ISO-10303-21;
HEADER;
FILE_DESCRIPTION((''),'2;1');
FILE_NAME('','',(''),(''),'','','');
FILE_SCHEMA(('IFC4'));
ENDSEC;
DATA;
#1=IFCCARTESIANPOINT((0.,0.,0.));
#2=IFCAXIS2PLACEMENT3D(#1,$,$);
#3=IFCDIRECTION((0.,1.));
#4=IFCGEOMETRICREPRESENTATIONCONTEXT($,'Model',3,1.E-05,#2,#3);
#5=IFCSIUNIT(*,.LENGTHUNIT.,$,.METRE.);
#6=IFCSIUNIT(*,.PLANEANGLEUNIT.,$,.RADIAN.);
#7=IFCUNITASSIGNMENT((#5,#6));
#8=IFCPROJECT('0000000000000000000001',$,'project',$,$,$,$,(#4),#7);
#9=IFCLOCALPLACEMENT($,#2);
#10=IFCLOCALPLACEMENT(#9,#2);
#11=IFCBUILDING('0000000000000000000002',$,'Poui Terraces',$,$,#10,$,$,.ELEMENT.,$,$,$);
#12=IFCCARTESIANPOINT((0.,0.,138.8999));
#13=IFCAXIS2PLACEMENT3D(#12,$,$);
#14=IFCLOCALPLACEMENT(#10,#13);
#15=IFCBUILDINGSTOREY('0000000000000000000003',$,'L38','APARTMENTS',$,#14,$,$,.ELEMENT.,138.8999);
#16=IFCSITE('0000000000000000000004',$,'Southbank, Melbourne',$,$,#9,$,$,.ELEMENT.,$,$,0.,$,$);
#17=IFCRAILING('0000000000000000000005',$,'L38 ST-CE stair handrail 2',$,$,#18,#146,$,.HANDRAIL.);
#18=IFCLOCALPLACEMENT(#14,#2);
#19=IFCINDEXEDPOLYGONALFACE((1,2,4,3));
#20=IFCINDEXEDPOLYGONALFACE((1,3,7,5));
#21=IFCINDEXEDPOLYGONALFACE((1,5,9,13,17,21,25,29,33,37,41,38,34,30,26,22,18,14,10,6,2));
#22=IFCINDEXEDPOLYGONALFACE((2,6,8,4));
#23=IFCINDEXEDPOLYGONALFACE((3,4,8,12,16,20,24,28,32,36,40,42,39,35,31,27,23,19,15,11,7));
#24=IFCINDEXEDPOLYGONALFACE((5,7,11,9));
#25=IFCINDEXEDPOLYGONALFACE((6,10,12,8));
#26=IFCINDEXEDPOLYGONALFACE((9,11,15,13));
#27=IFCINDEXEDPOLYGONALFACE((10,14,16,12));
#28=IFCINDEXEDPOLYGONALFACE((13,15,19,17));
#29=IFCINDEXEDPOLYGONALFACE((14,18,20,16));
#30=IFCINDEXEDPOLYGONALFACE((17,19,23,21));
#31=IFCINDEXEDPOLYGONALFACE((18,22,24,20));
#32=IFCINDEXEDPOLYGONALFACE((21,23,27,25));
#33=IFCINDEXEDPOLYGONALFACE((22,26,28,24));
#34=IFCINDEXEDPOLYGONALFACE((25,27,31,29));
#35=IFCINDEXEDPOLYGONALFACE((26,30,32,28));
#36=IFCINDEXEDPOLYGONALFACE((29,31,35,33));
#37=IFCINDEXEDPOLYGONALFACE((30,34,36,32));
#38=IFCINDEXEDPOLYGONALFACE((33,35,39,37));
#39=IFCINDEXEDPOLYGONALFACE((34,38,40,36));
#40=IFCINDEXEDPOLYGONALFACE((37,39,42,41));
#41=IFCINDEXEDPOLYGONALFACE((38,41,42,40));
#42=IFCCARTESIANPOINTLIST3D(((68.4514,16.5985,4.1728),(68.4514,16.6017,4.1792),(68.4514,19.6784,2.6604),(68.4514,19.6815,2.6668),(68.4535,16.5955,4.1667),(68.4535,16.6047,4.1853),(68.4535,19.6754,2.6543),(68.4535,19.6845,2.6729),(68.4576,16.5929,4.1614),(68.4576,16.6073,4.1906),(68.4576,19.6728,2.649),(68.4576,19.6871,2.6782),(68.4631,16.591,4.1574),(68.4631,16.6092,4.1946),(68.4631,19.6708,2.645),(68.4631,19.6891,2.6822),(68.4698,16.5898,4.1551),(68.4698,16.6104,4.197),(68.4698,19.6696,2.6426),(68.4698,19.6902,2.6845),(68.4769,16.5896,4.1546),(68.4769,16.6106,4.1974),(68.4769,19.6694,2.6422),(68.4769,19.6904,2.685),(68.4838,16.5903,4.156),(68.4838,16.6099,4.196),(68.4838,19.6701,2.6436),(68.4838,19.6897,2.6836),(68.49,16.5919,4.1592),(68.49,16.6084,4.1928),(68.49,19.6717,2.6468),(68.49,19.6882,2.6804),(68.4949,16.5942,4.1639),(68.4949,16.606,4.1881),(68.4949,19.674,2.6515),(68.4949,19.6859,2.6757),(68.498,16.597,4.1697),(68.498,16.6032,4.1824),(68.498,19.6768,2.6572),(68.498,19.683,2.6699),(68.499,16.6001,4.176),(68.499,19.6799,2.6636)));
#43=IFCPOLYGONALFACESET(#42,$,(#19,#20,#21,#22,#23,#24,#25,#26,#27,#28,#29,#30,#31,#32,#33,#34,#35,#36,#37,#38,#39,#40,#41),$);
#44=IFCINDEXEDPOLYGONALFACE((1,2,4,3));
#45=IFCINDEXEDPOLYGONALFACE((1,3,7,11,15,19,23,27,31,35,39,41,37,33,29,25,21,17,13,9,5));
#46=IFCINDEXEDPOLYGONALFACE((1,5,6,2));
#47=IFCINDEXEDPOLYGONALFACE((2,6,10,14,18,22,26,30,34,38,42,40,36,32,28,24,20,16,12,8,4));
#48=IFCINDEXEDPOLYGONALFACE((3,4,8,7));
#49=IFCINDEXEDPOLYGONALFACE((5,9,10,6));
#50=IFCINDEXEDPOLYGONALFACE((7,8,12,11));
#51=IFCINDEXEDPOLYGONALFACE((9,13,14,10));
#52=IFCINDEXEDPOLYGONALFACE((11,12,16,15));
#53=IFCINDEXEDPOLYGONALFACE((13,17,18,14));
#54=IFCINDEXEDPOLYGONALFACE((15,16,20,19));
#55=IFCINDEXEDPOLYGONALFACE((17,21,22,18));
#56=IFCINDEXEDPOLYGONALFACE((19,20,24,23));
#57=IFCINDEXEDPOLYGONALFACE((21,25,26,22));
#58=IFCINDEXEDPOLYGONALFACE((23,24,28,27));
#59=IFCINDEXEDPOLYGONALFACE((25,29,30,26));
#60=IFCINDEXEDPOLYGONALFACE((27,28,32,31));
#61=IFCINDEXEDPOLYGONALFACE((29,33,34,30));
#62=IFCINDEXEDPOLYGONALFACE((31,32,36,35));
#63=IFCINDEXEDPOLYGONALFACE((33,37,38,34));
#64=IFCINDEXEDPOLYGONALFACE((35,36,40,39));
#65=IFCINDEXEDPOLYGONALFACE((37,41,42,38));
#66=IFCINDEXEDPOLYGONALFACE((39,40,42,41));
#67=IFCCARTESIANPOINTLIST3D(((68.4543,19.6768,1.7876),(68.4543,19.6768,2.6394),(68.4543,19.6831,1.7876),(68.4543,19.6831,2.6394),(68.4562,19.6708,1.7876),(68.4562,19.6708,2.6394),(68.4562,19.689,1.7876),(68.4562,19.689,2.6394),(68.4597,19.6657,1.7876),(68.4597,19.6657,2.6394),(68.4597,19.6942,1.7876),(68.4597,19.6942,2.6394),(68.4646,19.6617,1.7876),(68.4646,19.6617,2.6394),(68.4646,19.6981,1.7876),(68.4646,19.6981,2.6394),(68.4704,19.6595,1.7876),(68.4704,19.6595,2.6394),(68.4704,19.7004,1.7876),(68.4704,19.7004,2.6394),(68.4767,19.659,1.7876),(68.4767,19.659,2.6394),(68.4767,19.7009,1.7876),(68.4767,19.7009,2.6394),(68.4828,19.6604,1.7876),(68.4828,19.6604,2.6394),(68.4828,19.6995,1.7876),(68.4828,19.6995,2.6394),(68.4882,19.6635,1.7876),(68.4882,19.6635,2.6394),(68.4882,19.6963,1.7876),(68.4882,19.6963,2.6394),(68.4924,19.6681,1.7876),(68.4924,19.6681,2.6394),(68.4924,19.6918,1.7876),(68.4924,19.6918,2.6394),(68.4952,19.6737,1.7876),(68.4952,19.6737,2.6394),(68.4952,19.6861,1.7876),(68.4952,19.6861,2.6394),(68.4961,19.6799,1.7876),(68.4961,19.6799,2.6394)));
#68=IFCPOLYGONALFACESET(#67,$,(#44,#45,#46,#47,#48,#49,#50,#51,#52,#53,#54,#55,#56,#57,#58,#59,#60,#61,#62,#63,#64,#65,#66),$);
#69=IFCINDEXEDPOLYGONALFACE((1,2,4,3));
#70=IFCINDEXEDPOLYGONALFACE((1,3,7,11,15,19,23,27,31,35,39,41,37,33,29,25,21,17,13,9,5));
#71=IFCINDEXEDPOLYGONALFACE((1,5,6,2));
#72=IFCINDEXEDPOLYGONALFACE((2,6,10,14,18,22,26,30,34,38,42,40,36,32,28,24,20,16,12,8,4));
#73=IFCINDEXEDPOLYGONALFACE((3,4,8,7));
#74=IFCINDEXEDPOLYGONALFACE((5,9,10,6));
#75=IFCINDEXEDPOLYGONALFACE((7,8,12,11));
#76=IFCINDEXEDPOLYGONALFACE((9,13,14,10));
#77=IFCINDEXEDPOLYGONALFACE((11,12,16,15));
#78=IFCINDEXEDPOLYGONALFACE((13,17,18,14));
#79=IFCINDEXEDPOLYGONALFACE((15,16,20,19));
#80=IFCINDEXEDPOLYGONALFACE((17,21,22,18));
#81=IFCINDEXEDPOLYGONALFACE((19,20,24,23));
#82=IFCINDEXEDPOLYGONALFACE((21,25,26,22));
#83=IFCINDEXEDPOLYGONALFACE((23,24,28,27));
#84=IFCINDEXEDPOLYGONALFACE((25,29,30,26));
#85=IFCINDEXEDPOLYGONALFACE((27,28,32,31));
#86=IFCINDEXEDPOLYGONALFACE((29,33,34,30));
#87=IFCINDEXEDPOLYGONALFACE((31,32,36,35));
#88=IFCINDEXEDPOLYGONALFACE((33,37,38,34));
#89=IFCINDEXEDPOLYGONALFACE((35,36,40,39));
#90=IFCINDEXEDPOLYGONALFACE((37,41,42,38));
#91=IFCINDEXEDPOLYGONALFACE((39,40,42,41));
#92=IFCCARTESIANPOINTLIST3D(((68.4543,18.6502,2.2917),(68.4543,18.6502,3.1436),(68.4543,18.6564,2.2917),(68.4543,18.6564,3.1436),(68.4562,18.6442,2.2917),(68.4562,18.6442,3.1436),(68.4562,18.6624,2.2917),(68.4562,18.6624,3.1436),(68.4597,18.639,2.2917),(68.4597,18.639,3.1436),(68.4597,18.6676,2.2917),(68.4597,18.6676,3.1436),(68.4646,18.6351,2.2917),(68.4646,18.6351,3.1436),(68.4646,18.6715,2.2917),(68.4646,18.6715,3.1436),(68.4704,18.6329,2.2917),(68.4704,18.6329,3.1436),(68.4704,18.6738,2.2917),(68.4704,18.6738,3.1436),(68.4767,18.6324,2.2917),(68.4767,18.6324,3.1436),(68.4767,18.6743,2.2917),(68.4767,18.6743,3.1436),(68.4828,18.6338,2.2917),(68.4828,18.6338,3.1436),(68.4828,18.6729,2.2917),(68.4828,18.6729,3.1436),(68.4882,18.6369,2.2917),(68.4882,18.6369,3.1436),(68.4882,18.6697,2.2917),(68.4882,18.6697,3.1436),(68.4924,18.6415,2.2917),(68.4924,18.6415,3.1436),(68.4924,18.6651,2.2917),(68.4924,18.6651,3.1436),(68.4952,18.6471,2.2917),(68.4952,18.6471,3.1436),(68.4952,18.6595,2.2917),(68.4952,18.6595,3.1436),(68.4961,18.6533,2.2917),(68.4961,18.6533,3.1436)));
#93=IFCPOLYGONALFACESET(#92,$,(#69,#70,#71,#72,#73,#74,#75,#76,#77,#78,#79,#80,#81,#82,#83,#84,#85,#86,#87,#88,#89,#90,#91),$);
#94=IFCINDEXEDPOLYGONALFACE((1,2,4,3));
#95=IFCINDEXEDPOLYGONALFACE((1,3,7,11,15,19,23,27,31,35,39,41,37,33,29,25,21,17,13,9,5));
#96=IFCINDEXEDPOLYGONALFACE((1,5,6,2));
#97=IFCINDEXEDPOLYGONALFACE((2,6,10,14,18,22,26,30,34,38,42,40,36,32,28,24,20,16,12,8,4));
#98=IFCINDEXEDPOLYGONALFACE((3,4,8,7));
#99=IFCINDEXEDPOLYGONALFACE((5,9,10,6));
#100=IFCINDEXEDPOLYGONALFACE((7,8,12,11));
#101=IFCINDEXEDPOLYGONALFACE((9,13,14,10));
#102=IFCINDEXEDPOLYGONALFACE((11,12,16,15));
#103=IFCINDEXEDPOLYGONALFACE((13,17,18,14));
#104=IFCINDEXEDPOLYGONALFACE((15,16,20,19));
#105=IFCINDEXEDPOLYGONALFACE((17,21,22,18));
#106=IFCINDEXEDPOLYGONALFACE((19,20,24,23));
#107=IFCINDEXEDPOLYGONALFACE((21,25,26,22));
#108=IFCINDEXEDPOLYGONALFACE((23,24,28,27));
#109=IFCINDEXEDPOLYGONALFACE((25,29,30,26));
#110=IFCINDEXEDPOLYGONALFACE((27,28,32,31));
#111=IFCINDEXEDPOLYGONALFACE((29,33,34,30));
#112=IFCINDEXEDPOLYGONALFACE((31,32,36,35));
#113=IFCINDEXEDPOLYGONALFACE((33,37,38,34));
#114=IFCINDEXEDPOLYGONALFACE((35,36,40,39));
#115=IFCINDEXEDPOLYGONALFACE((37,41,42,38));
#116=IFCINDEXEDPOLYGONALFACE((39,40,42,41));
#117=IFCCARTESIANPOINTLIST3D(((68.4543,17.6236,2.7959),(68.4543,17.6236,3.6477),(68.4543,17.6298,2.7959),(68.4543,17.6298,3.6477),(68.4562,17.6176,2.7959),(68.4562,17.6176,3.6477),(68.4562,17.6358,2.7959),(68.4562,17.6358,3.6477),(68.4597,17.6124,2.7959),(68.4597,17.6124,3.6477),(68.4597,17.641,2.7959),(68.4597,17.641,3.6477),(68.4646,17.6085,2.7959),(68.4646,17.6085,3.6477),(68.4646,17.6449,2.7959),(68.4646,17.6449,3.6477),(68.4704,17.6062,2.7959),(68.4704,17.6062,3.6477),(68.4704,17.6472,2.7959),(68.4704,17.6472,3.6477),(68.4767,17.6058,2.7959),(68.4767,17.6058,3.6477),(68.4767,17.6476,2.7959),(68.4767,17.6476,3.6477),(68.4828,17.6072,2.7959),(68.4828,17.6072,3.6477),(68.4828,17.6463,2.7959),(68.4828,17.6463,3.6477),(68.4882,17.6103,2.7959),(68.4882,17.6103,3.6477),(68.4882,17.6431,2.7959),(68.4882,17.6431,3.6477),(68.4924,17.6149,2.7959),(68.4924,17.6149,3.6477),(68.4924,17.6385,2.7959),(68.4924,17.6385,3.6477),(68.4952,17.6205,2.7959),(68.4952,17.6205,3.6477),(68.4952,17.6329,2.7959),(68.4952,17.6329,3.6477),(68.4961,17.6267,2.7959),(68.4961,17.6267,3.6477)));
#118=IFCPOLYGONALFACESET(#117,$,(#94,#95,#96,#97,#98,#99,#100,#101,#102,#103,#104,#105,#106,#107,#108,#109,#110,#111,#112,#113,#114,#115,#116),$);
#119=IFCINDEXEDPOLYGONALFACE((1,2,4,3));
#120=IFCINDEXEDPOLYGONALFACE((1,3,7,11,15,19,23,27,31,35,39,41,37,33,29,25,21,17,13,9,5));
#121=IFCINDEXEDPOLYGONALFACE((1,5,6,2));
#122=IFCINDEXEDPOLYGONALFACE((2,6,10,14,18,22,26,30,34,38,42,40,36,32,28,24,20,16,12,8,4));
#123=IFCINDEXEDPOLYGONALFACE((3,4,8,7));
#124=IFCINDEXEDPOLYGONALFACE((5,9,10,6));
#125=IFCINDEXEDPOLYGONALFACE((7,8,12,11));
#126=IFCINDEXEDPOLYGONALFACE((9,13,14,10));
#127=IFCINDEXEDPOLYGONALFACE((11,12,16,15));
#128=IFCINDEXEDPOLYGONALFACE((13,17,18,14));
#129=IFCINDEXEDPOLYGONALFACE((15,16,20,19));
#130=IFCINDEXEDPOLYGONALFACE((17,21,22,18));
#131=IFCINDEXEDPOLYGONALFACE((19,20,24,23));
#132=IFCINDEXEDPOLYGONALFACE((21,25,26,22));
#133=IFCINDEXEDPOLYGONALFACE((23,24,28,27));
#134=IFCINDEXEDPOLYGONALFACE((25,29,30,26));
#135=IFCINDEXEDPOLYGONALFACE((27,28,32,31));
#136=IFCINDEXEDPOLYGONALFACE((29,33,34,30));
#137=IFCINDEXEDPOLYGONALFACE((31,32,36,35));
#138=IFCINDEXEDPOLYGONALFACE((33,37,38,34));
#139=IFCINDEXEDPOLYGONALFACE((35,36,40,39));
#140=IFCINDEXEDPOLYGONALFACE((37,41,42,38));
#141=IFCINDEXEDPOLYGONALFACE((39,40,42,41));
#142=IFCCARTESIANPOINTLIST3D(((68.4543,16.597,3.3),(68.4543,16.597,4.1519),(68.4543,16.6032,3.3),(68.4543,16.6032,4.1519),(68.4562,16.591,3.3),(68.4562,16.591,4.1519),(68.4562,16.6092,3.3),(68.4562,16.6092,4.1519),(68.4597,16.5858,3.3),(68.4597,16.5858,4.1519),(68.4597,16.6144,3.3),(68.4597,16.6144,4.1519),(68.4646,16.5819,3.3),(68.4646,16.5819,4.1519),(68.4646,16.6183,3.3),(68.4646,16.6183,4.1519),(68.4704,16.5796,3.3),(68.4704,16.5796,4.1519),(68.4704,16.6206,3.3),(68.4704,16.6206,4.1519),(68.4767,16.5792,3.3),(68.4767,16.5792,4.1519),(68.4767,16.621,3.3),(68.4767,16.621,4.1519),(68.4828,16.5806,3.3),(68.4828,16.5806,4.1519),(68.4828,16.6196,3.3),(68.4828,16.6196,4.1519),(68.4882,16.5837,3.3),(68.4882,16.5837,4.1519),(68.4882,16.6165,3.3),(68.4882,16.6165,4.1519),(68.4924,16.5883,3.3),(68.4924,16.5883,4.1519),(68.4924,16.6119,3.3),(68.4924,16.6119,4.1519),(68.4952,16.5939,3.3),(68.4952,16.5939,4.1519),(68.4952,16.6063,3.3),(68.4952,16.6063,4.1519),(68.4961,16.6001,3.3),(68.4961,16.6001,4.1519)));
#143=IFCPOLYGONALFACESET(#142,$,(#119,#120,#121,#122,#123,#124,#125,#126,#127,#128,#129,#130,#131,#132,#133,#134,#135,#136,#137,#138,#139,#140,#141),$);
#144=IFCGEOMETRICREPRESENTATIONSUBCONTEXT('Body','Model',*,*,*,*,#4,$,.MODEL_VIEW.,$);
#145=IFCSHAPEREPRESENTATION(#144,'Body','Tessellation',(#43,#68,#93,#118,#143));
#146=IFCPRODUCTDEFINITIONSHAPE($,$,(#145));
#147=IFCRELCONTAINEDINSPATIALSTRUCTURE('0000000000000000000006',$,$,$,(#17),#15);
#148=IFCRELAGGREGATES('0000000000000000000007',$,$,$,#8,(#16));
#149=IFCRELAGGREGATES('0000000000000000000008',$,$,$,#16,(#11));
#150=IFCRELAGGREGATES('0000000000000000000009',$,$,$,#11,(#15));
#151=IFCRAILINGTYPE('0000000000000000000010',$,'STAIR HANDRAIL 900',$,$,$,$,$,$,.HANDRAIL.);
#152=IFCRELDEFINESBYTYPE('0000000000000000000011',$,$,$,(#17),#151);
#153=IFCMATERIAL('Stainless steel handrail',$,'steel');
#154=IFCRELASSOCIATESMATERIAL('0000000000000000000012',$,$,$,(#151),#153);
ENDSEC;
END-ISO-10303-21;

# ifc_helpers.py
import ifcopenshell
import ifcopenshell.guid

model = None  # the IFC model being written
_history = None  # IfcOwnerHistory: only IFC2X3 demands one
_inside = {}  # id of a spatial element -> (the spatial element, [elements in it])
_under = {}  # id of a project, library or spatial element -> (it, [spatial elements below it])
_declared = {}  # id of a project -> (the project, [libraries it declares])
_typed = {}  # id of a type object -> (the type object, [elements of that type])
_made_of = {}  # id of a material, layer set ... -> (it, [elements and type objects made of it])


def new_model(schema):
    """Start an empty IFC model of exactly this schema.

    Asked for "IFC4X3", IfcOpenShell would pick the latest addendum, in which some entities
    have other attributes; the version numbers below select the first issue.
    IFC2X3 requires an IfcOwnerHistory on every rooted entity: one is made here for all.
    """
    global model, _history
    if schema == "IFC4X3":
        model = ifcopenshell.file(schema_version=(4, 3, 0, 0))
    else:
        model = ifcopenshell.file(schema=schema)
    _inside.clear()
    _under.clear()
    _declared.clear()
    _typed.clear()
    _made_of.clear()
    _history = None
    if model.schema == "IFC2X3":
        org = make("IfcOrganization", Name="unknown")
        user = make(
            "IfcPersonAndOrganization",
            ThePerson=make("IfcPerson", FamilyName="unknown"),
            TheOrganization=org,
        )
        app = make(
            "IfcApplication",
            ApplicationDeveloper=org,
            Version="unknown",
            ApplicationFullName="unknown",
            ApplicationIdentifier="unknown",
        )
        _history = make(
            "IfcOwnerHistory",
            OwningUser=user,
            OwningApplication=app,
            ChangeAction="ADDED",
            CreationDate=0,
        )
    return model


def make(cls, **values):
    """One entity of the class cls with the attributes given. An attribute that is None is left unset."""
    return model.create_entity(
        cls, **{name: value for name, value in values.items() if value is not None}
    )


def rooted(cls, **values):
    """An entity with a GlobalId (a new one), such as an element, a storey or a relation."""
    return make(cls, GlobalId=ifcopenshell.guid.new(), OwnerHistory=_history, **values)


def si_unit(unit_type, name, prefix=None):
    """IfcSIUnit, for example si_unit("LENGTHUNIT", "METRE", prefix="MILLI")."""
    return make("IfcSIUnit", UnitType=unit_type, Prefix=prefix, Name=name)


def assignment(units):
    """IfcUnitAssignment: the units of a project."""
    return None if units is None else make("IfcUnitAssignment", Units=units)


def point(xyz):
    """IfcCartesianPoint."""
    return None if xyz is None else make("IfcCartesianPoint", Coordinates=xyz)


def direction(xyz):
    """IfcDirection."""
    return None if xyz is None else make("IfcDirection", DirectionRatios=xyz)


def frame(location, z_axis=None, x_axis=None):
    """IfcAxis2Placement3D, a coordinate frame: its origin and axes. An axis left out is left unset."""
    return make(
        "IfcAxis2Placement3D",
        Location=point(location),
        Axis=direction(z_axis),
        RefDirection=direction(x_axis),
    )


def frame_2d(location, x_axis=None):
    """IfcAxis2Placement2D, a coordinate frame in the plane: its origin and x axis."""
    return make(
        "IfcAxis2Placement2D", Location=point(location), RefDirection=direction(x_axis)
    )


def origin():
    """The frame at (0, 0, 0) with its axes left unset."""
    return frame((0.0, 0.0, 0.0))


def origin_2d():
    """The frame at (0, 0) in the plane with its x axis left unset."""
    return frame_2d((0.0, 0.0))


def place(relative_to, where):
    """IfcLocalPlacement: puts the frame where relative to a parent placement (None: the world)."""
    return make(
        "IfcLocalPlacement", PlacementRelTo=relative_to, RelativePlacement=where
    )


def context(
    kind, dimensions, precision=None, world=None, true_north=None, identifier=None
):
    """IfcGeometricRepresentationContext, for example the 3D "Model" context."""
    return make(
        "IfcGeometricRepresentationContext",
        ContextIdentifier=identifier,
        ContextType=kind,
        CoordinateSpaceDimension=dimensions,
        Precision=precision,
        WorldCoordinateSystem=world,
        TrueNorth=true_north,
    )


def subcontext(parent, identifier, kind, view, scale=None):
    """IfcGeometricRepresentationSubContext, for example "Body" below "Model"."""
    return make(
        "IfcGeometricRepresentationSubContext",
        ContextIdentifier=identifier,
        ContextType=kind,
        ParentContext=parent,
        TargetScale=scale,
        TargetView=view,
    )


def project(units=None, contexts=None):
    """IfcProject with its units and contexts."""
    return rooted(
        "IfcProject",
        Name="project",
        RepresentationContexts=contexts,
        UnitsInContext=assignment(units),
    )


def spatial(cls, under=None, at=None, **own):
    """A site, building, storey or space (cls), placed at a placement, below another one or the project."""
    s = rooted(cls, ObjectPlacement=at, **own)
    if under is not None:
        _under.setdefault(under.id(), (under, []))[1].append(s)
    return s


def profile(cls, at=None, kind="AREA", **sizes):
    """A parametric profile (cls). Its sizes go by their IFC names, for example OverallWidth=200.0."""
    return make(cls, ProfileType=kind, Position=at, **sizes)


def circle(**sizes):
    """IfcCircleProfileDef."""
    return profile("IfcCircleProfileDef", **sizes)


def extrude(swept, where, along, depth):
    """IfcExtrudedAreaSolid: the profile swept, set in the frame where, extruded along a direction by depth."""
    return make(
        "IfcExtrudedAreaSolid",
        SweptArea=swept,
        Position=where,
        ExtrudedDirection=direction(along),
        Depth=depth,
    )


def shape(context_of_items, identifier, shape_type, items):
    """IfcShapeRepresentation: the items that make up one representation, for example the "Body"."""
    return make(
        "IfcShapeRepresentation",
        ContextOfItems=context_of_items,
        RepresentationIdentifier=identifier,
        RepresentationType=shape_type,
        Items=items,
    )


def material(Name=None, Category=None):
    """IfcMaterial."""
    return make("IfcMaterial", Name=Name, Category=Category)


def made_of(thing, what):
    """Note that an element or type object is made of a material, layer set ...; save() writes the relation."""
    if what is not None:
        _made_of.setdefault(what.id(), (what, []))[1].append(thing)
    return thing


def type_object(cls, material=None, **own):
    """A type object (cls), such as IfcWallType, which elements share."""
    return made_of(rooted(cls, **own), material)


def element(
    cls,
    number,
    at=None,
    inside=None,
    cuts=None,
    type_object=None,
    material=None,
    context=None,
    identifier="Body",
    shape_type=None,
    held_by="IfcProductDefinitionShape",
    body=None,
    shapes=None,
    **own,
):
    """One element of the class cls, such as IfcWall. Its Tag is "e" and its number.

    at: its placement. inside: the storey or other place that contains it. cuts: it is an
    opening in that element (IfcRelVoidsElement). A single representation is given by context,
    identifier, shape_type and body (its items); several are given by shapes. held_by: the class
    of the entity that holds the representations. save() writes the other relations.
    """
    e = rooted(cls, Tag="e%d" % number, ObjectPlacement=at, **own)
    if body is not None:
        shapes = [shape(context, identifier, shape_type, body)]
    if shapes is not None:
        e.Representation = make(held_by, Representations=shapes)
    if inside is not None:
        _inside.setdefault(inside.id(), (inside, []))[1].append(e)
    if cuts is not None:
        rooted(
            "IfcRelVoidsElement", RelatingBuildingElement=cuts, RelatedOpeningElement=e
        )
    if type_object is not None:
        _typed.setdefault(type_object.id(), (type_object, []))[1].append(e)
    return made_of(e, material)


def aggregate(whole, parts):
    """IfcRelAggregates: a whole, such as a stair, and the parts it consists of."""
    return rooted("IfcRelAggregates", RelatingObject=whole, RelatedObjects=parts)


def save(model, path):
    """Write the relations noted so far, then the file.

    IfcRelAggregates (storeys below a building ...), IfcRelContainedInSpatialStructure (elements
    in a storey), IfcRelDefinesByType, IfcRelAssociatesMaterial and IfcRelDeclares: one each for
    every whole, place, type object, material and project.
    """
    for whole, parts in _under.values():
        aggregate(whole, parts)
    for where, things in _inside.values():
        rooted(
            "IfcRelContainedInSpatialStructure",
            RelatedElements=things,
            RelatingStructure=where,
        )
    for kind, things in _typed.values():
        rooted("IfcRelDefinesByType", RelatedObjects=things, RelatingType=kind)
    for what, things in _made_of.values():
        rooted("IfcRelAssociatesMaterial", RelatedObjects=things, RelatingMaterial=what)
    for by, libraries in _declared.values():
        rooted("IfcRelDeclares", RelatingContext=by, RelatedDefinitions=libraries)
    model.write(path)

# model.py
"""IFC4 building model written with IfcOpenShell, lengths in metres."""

from ifc_helpers import new_model, si_unit, direction, frame, origin, origin_2d, place, context, subcontext, project, spatial, circle, extrude, material, type_object, element, save


model = new_model("IFC4")

# Units and contexts
model_context = context("Model", 3, precision=1e-05, world=origin(), true_north=direction((0.0, 1.0)))
body_context = subcontext(model_context, "Body", "Model", "MODEL_VIEW")
ifc_project = project(units=[si_unit("LENGTHUNIT", "METRE"), si_unit("PLANEANGLEUNIT", "RADIAN")], contexts=[model_context])

# Site, building, storey
site_placement = place(None, origin())
site = spatial("IfcSite", under=ifc_project, at=site_placement, Name="Southbank, Melbourne", CompositionType="ELEMENT", RefElevation=0.0)
building_placement = place(site_placement, origin())
building = spatial("IfcBuilding", under=site, at=building_placement, Name="Poui Terraces", CompositionType="ELEMENT")
storey_placement = place(building_placement, frame((0.0, 0.0, 138.8999)))
storey = spatial("IfcBuildingStorey", under=building, at=storey_placement, Name="L38", Description="APARTMENTS", CompositionType="ELEMENT", Elevation=138.8999)

# Railing
ifc_material_1 = material(Name="Stainless steel handrail", Category="steel")
railing_type_1 = type_object("IfcRailingType", Name="STAIR HANDRAIL 900", PredefinedType="HANDRAIL", material=ifc_material_1)
railing_1_placement = place(storey_placement, frame((68.4751, 19.6799, 1.7876)))
element("IfcRailing", 1, at=railing_1_placement, inside=storey, type_object=railing_type_1, Name="L38 ST-CE stair handrail 2", PredefinedType="HANDRAIL", context=body_context, shape_type="SweptSolid", body=[
    extrude(circle(Radius=0.0239, at=origin_2d()), frame((0.0, 0.0, 0.876), z_axis=(0.0, -0.897606, 0.440798), x_axis=(1.0, 0.0, 0.0)), (0.0, 0.0, 1.0), 3.4312),
    extrude(circle(Radius=0.021, at=origin_2d()), origin(), (0.0, 0.0, 1.0), 0.8518),
    extrude(circle(Radius=0.021, at=origin_2d()), frame((0.0, -1.0266, 0.5042)), (0.0, 0.0, 1.0), 0.8518),
    extrude(circle(Radius=0.021, at=origin_2d()), frame((0.0, -2.0532, 1.0083)), (0.0, 0.0, 1.0), 0.8518),
    extrude(circle(Radius=0.021, at=origin_2d()), frame((0.0, -3.0798, 1.5125)), (0.0, 0.0, 1.0), 0.8518),
])

save(model, "model.ifc")
